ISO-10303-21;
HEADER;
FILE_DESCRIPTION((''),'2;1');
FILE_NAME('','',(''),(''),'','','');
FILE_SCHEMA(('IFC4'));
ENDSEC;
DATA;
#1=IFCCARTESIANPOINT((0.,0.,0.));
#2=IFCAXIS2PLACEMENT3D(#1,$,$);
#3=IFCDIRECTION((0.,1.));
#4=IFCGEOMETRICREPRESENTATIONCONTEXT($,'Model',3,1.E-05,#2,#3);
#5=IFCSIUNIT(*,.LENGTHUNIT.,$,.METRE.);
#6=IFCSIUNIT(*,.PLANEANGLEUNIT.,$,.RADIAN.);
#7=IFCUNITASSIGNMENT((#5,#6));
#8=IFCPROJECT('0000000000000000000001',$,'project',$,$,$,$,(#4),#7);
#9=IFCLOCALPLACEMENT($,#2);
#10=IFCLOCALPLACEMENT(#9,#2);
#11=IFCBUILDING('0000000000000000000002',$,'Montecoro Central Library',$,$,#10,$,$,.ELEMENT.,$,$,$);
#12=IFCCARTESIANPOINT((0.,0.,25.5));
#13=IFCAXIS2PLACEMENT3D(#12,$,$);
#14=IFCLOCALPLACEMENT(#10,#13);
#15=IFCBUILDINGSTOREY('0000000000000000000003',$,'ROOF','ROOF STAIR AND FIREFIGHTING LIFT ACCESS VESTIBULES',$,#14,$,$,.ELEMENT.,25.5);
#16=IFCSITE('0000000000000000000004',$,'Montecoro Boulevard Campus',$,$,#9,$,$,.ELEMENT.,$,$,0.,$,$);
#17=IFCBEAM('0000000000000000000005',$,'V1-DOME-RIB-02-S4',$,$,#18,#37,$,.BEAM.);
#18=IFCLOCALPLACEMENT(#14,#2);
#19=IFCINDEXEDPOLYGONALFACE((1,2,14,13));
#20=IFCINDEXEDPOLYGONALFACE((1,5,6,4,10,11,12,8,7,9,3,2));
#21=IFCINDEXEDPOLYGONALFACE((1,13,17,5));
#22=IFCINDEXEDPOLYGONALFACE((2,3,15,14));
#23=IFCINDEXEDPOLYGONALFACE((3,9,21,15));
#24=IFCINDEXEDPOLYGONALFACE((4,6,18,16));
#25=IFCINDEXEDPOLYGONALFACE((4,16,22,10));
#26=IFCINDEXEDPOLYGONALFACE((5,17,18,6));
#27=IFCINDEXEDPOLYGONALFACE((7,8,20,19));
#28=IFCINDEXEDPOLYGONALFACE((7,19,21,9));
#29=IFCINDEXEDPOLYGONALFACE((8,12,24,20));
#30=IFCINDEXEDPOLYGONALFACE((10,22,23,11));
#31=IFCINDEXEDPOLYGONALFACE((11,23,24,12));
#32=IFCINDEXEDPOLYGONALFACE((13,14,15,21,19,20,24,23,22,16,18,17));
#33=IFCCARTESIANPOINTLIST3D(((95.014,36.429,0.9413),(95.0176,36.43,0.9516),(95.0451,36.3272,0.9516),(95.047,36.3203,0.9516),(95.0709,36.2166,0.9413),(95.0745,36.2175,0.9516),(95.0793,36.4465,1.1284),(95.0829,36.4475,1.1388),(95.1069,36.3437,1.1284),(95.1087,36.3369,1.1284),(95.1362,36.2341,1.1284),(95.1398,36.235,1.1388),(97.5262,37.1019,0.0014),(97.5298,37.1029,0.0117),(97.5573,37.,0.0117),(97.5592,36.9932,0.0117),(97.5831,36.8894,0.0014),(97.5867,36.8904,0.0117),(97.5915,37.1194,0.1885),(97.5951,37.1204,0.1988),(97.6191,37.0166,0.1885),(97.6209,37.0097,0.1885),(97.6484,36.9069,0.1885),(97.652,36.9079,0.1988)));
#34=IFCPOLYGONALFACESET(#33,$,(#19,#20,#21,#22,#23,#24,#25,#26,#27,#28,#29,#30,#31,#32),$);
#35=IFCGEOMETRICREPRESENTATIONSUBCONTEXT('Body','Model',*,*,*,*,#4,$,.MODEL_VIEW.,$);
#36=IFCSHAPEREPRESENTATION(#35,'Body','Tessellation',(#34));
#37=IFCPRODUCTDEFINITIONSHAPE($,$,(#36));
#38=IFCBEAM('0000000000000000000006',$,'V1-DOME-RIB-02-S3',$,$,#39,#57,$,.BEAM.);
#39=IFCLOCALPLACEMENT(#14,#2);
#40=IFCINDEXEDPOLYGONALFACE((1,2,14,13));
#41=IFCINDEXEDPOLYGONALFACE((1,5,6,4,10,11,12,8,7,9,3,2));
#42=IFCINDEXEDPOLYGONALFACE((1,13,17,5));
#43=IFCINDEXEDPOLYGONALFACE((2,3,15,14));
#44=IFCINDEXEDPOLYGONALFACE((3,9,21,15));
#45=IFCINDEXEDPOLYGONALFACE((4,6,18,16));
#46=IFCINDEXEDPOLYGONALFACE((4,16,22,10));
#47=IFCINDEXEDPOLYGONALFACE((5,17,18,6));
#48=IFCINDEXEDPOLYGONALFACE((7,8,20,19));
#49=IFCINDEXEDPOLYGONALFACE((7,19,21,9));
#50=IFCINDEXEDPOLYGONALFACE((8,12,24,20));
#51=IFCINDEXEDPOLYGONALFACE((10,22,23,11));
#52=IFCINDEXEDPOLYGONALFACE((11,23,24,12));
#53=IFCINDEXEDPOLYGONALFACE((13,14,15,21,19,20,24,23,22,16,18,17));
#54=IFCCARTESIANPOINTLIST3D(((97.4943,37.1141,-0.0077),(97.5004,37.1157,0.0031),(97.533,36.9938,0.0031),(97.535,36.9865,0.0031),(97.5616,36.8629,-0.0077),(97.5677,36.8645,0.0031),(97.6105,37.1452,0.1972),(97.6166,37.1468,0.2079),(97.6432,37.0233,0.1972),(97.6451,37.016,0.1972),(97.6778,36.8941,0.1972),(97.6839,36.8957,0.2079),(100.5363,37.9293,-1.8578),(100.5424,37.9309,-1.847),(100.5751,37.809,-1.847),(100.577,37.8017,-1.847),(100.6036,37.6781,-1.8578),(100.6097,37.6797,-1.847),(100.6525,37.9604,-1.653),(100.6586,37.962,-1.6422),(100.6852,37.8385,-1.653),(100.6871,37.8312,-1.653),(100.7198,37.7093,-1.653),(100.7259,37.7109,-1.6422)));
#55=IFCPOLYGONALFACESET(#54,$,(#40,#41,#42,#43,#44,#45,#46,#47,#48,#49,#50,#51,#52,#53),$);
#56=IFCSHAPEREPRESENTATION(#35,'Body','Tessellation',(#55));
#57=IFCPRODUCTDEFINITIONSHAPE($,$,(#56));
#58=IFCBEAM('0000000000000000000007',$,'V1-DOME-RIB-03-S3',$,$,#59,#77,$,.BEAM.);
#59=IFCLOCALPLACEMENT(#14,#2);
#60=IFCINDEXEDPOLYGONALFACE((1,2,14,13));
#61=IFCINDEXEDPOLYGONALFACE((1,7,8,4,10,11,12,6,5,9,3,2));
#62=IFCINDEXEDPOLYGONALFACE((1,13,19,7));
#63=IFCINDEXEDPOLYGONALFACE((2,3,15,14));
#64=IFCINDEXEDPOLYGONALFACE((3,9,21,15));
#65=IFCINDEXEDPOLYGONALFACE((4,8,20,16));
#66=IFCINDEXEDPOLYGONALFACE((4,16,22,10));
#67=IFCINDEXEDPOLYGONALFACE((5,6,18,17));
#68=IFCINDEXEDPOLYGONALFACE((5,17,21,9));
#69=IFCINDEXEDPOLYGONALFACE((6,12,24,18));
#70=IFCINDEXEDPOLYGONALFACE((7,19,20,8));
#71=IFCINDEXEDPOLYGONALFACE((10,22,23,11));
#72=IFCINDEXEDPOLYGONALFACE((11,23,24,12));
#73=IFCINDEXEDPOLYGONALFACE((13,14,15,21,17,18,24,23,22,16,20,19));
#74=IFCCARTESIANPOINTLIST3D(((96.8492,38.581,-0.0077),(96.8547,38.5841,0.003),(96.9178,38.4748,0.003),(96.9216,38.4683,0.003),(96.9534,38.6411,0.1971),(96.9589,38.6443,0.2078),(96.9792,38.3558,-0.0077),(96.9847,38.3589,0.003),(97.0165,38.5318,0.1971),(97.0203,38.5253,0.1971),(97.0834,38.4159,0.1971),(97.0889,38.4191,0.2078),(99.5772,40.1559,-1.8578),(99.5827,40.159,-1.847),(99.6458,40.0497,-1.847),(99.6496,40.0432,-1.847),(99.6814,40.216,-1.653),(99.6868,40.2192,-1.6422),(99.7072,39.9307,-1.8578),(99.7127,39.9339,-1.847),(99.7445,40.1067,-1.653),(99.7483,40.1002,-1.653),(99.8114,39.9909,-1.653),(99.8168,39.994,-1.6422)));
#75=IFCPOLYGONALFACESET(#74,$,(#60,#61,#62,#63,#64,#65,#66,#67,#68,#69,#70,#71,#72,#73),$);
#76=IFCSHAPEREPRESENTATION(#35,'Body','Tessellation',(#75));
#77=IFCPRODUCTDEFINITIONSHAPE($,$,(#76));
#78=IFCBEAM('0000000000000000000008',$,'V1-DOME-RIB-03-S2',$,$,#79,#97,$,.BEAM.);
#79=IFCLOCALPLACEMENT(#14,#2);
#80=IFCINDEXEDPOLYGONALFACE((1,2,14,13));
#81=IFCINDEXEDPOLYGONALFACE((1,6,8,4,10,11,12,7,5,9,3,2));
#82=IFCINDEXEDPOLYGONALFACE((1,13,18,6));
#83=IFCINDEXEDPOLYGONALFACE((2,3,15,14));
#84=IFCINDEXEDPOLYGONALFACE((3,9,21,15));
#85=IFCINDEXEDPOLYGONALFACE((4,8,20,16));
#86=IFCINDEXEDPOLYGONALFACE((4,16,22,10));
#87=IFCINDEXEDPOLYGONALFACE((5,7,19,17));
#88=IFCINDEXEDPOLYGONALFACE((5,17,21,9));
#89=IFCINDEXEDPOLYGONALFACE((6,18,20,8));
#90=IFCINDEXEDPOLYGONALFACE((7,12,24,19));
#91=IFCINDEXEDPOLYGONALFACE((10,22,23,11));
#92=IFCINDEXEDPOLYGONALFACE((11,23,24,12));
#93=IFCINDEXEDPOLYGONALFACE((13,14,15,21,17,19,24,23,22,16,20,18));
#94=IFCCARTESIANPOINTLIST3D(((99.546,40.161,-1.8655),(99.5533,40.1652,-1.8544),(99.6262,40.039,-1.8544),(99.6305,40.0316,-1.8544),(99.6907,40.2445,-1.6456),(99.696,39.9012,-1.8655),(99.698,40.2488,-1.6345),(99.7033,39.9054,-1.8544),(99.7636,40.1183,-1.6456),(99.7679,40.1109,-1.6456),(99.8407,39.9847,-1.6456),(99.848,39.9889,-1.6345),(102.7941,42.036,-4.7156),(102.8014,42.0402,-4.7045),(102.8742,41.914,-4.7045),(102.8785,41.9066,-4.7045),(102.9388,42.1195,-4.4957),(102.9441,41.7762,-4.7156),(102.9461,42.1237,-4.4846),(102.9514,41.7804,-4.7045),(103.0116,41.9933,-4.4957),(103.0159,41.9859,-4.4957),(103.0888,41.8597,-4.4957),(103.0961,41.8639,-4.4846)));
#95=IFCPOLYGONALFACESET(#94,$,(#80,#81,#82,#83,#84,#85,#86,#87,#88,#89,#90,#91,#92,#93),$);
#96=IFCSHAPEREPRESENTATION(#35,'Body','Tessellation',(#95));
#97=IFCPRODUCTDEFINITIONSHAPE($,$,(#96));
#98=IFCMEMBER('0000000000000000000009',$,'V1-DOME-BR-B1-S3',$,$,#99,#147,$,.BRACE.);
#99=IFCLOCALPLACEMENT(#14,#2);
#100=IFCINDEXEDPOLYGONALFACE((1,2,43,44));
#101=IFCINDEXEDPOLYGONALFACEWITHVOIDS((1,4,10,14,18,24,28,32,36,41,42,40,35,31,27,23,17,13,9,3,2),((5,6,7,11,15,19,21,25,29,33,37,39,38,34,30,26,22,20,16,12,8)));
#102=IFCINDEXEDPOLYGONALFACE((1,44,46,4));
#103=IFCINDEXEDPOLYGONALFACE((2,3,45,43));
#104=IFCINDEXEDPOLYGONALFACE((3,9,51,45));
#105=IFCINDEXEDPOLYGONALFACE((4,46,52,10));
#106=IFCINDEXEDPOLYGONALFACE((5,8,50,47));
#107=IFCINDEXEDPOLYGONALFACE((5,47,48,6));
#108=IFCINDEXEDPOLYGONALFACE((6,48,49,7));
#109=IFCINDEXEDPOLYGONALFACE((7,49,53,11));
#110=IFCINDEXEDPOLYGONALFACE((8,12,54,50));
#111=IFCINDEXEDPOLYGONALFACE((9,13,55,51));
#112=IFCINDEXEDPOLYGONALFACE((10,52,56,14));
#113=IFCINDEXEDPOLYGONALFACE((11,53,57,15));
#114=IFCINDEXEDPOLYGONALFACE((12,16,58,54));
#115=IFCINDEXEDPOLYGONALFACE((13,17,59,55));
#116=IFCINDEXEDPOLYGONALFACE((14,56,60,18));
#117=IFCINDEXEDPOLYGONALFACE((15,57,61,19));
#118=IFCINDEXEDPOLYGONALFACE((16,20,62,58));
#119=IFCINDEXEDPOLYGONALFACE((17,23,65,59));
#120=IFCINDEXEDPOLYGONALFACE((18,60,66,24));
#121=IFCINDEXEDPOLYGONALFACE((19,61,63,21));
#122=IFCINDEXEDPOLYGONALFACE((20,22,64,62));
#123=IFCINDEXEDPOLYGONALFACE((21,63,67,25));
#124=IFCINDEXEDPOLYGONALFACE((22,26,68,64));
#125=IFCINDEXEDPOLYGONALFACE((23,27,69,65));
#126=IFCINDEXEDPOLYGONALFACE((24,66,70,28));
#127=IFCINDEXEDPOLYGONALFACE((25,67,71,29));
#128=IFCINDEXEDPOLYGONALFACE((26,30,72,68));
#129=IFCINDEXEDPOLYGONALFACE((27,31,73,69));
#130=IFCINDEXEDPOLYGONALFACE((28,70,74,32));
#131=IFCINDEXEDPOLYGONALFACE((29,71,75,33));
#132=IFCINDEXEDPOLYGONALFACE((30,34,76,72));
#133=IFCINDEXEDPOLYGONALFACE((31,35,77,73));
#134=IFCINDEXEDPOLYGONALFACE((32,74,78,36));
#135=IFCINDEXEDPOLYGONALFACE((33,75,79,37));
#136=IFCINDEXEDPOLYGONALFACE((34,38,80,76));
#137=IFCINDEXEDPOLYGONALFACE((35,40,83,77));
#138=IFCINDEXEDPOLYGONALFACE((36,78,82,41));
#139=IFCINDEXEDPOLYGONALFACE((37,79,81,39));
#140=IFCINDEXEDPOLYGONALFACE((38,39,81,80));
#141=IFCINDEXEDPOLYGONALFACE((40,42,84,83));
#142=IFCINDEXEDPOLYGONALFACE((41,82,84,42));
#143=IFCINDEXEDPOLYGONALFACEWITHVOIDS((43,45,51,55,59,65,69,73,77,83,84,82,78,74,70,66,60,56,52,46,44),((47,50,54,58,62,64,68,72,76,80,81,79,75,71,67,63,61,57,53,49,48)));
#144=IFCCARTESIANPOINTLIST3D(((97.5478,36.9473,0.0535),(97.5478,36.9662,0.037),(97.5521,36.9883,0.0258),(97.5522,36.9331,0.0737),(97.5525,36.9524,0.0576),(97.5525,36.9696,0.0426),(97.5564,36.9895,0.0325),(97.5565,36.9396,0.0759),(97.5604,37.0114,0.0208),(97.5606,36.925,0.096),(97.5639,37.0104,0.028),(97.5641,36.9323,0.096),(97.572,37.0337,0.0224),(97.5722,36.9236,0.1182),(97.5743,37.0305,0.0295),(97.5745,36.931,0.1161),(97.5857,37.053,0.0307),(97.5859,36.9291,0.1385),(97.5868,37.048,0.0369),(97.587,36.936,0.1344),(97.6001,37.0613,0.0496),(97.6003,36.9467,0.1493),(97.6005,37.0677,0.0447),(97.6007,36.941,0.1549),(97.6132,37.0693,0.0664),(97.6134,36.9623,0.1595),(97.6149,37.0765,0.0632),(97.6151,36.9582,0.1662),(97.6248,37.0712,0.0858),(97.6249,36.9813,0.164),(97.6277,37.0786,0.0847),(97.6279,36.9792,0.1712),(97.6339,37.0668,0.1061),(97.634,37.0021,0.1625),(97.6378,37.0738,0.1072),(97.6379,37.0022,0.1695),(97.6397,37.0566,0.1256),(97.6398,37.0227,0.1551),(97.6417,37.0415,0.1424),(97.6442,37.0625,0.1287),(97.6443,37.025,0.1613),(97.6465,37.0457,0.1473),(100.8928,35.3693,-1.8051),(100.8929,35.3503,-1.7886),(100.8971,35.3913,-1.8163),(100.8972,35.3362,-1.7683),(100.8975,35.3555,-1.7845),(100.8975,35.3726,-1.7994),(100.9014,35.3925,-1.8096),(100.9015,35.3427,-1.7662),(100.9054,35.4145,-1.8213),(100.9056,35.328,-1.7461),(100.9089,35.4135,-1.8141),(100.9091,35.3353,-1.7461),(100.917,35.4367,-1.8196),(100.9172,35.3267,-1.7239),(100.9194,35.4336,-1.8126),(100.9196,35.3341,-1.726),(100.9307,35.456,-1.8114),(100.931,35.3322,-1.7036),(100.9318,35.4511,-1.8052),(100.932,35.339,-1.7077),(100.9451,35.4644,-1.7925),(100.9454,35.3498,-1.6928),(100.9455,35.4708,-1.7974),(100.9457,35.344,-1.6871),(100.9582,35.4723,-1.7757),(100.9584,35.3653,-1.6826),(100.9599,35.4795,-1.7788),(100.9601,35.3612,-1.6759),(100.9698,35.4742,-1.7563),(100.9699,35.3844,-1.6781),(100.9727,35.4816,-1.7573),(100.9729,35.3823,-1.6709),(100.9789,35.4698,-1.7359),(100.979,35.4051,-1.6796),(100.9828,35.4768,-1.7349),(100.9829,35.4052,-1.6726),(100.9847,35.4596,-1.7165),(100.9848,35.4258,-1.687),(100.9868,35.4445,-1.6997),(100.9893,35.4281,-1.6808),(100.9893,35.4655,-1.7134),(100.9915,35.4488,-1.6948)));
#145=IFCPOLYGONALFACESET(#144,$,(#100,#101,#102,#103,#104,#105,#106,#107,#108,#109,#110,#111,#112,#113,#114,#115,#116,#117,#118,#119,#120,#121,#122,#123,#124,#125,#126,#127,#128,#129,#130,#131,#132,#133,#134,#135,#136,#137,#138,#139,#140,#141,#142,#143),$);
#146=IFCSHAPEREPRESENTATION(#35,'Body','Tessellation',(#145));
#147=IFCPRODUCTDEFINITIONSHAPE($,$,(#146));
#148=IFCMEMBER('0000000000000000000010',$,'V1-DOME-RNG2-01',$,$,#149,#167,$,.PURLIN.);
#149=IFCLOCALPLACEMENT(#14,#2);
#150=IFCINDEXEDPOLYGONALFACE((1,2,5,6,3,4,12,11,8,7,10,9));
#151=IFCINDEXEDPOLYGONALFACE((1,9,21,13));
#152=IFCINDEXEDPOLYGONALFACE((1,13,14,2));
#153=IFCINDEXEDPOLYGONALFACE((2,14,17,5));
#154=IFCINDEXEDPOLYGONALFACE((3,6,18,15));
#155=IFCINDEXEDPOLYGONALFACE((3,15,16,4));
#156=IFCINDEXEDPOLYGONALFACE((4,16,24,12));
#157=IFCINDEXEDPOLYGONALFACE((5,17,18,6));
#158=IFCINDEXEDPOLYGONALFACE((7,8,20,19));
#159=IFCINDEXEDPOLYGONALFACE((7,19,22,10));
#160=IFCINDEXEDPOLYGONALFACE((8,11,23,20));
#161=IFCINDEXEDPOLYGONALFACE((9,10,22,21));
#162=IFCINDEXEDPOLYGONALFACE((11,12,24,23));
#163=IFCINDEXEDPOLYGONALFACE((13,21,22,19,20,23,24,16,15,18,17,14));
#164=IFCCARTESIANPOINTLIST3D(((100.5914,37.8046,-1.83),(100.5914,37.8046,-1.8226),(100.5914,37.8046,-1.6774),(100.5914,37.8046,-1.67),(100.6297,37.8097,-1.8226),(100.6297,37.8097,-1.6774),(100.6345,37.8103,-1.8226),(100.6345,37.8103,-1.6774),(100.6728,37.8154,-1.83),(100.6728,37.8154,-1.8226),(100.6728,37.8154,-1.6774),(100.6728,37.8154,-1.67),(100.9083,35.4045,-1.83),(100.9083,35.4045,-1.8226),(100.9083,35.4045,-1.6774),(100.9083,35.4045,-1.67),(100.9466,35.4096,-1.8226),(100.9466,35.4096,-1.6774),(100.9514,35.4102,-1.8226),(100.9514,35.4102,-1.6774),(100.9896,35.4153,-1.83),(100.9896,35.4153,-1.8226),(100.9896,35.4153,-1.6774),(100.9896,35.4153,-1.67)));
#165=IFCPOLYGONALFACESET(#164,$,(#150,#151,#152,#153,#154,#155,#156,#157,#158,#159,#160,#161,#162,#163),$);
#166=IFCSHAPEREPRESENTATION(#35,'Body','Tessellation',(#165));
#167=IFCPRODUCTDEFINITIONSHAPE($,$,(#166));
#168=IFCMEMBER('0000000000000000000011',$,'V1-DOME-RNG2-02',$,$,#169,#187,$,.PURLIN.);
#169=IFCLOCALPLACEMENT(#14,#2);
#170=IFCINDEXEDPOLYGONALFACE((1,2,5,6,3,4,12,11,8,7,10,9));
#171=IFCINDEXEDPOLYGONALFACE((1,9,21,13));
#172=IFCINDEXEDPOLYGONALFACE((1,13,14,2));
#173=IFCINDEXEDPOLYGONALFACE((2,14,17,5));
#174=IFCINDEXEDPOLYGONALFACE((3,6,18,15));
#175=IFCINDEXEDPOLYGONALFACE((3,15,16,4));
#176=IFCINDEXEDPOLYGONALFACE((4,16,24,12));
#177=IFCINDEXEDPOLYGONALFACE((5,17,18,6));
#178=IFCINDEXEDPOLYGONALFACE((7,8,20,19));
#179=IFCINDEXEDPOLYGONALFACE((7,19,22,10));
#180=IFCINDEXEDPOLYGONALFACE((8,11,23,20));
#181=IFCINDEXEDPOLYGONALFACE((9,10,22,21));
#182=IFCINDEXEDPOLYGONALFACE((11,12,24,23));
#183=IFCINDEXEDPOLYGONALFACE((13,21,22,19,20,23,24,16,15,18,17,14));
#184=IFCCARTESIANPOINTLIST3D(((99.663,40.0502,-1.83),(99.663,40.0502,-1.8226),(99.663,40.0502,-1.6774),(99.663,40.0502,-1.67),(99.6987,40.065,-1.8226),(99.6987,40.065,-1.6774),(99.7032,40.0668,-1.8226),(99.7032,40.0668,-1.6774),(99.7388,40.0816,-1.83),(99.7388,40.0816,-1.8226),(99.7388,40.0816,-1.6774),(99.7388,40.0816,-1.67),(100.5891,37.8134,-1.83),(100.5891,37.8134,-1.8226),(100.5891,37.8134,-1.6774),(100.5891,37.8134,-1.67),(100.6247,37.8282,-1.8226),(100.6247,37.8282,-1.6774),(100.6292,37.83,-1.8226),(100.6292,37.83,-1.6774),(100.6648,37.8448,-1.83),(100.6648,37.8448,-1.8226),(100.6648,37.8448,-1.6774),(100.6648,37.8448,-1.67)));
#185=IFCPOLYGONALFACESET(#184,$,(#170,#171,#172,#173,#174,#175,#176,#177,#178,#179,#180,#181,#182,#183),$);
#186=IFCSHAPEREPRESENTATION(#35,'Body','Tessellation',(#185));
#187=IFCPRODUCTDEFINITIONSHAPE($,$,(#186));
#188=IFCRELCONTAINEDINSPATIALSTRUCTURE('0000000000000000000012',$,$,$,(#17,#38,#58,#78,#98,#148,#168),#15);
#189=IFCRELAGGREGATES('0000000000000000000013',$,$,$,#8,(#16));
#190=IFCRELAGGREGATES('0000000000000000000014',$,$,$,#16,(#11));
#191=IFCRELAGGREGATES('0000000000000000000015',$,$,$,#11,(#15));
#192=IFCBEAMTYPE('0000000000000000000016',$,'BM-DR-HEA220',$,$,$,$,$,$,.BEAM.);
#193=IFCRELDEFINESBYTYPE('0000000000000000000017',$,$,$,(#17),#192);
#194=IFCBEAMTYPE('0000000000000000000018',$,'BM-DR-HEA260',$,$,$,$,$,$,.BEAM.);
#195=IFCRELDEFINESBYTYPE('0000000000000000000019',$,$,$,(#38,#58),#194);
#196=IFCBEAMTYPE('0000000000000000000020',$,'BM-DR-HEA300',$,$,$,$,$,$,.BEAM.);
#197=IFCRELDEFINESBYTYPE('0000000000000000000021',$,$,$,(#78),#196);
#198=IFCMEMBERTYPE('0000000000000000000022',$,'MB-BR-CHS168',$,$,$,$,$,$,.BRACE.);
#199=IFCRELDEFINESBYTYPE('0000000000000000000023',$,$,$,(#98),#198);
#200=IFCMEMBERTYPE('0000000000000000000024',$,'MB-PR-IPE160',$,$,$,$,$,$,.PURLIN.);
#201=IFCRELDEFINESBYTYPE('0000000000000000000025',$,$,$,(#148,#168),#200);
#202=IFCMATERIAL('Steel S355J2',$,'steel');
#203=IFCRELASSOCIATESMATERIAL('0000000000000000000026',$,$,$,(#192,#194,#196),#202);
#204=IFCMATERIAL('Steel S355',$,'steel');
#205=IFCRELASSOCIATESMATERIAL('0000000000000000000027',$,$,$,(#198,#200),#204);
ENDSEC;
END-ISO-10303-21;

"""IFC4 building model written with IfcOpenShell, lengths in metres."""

from ifc_helpers import new_model, si_unit, direction, frame, origin, origin_2d, place, context, subcontext, project, spatial, hollow_circle, i_section, extrude, material, material_profile, profile_set, type_object, element, save


model = new_model("IFC4")

# Units and contexts
model_context = context("Model", 3, precision=1e-05, world=origin(), true_north=direction((0.0, 1.0)))
body_context = subcontext(model_context, "Body", "Model", "MODEL_VIEW")
ifc_project = project(units=[si_unit("LENGTHUNIT", "METRE"), si_unit("PLANEANGLEUNIT", "RADIAN")], contexts=[model_context])

# Site, building, storey
site_placement = place(None, origin())
site = spatial("IfcSite", under=ifc_project, at=site_placement, Name="Montecoro Boulevard Campus", CompositionType="ELEMENT", RefElevation=0.0)
building_placement = place(site_placement, origin())
building = spatial("IfcBuilding", under=site, at=building_placement, Name="Montecoro Central Library", CompositionType="ELEMENT")
storey_placement = place(building_placement, frame((0.0, 0.0, 25.5)))
storey = spatial("IfcBuildingStorey", under=building, at=storey_placement, Name="ROOF", Description="ROOF STAIR AND FIREFIGHTING LIFT ACCESS VESTIBULES", CompositionType="ELEMENT", Elevation=25.5)

# Beams
ifc_material_1 = material(Name="Steel S355J2", Category="steel")
ifc_material_profile_1 = material_profile(ifc_material_1, i_section(OverallWidth=0.22, OverallDepth=0.21, WebThickness=0.0071, FlangeThickness=0.011, at=origin_2d()), Name="HEA 220")
ifc_profile_set_1 = profile_set([ifc_material_profile_1], Name="Steel S355J2")
beam_type_1 = type_object("IfcBeamType", Name="BM-DR-HEA220", PredefinedType="BEAM", material=ifc_profile_set_1)
beam_1_placement = place(storey_placement, frame((97.5891, 37.0049, 0.1001), z_axis=(-0.908445, -0.243311, 0.339894), x_axis=(0.258714, -0.965954, 0.0)))
element("IfcBeam", 1, at=beam_1_placement, inside=storey, type_object=beam_type_1, Name="V1-DOME-RIB-02-S4", PredefinedType="BEAM", context=body_context, shape_type="SweptSolid", body=[
    extrude(i_section(OverallWidth=0.22, OverallDepth=0.21, WebThickness=0.0071, FlangeThickness=0.011, at=origin_2d()), origin(), (0.0, 0.0, 1.0), 2.7654),
])
ifc_material_profile_2 = material_profile(ifc_material_1, i_section(OverallWidth=0.26, OverallDepth=0.25, WebThickness=0.0076, FlangeThickness=0.0125, at=origin_2d()), Name="HEA 260")
ifc_profile_set_2 = profile_set([ifc_material_profile_2], Name="Steel S355J2")
beam_type_2 = type_object("IfcBeamType", Name="BM-DR-HEA260", PredefinedType="BEAM", material=ifc_profile_set_2)
beam_2_placement = place(storey_placement, frame((100.6311, 37.8201, -1.75), z_axis=(-0.832841, -0.223183, 0.506523), x_axis=(0.258845, -0.965919, 0.0)))
element("IfcBeam", 2, at=beam_2_placement, inside=storey, type_object=beam_type_2, Name="V1-DOME-RIB-02-S3", PredefinedType="BEAM", context=body_context, shape_type="SweptSolid", body=[
    extrude(i_section(OverallWidth=0.26, OverallDepth=0.25, WebThickness=0.0076, FlangeThickness=0.0125, at=origin_2d()), origin(), (0.0, 0.0, 1.0), 3.6526),
])
beam_3_placement = place(storey_placement, frame((99.697, 40.075, -1.75), z_axis=(-0.746761, -0.431122, 0.50644), x_axis=(0.499982, -0.866036, 0.0)))
element("IfcBeam", 3, at=beam_3_placement, inside=storey, type_object=beam_type_2, Name="V1-DOME-RIB-03-S3", PredefinedType="BEAM", context=body_context, shape_type="SweptSolid", body=[
    extrude(i_section(OverallWidth=0.26, OverallDepth=0.25, WebThickness=0.0076, FlangeThickness=0.0125, at=origin_2d()), origin(), (0.0, 0.0, 1.0), 3.6531),
])
ifc_material_profile_3 = material_profile(ifc_material_1, i_section(OverallWidth=0.3, OverallDepth=0.29, WebThickness=0.0085, FlangeThickness=0.0139, at=origin_2d()), Name="HEA 300")
ifc_profile_set_3 = profile_set([ifc_material_profile_3], Name="Steel S355J2")
beam_type_3 = type_object("IfcBeamType", Name="BM-DR-HEA300", PredefinedType="BEAM", material=ifc_profile_set_3)
beam_4_placement = place(storey_placement, frame((102.9451, 41.95, -4.6001), z_axis=(-0.689538, -0.39805, 0.605056), x_axis=(0.499948, -0.866056, 0.0)))
element("IfcBeam", 4, at=beam_4_placement, inside=storey, type_object=beam_type_3, Name="V1-DOME-RIB-03-S2", PredefinedType="BEAM", context=body_context, shape_type="SweptSolid", body=[
    extrude(i_section(OverallWidth=0.3, OverallDepth=0.29, WebThickness=0.0085, FlangeThickness=0.0139, at=origin_2d()), origin(), (0.0, 0.0, 1.0), 4.7104),
])

# Members
ifc_material_2 = material(Name="Steel S355", Category="steel")
ifc_material_profile_4 = material_profile(ifc_material_2, hollow_circle(Radius=0.0842, WallThickness=0.0081, at=origin_2d()), Name="CHS 168.3x8.0")
ifc_profile_set_4 = profile_set([ifc_material_profile_4], Name="Steel S355")
member_type_1 = type_object("IfcMemberType", Name="MB-BR-CHS168", PredefinedType="BRACE", material=ifc_profile_set_4)
member_1_placement = place(storey_placement, frame((100.9419, 35.4041, -1.7461), z_axis=(-0.808141, 0.385815, 0.445035), x_axis=(-0.430831, -0.902433, 0.0)))
element("IfcMember", 5, at=member_1_placement, inside=storey, type_object=member_type_1, Name="V1-DOME-BR-B1-S3", PredefinedType="BRACE", context=body_context, shape_type="SweptSolid", body=[
    extrude(hollow_circle(Radius=0.0842, WallThickness=0.0081, at=origin_2d()), origin(), (0.0, 0.0, 1.0), 4.1392),
])
ifc_material_profile_5 = material_profile(ifc_material_2, i_section(OverallWidth=0.082, OverallDepth=0.1599, WebThickness=0.0049, FlangeThickness=0.0073, at=origin_2d()), Name="IPE 160")
ifc_profile_set_5 = profile_set([ifc_material_profile_5], Name="Steel S355")
member_type_2 = type_object("IfcMemberType", Name="MB-PR-IPE160", PredefinedType="PURLIN", material=ifc_profile_set_5)
for number, where, z_axis, x_axis, name in (
    (6, (100.949, 35.4099, -1.75), (-0.130895, 0.991396, 0.0), (-0.991396, -0.130895, 0.0), "V1-DOME-RNG2-01"),
    (7, (100.627, 37.8291, -1.75), (-0.382509, 0.923952, 0.0), (-0.923952, -0.382509, 0.0), "V1-DOME-RNG2-02"),
):
    element("IfcMember", number, at=place(storey_placement, frame(where, z_axis=z_axis, x_axis=x_axis)), inside=storey, type_object=member_type_2, Name=name, PredefinedType="PURLIN", context=body_context, shape_type="SweptSolid", body=[
        extrude(i_section(OverallWidth=0.082, OverallDepth=0.1599, WebThickness=0.0049, FlangeThickness=0.0073, at=origin_2d()), origin(), (0.0, 0.0, 1.0), 2.4209),
    ])

save(model, "model.ifc")
